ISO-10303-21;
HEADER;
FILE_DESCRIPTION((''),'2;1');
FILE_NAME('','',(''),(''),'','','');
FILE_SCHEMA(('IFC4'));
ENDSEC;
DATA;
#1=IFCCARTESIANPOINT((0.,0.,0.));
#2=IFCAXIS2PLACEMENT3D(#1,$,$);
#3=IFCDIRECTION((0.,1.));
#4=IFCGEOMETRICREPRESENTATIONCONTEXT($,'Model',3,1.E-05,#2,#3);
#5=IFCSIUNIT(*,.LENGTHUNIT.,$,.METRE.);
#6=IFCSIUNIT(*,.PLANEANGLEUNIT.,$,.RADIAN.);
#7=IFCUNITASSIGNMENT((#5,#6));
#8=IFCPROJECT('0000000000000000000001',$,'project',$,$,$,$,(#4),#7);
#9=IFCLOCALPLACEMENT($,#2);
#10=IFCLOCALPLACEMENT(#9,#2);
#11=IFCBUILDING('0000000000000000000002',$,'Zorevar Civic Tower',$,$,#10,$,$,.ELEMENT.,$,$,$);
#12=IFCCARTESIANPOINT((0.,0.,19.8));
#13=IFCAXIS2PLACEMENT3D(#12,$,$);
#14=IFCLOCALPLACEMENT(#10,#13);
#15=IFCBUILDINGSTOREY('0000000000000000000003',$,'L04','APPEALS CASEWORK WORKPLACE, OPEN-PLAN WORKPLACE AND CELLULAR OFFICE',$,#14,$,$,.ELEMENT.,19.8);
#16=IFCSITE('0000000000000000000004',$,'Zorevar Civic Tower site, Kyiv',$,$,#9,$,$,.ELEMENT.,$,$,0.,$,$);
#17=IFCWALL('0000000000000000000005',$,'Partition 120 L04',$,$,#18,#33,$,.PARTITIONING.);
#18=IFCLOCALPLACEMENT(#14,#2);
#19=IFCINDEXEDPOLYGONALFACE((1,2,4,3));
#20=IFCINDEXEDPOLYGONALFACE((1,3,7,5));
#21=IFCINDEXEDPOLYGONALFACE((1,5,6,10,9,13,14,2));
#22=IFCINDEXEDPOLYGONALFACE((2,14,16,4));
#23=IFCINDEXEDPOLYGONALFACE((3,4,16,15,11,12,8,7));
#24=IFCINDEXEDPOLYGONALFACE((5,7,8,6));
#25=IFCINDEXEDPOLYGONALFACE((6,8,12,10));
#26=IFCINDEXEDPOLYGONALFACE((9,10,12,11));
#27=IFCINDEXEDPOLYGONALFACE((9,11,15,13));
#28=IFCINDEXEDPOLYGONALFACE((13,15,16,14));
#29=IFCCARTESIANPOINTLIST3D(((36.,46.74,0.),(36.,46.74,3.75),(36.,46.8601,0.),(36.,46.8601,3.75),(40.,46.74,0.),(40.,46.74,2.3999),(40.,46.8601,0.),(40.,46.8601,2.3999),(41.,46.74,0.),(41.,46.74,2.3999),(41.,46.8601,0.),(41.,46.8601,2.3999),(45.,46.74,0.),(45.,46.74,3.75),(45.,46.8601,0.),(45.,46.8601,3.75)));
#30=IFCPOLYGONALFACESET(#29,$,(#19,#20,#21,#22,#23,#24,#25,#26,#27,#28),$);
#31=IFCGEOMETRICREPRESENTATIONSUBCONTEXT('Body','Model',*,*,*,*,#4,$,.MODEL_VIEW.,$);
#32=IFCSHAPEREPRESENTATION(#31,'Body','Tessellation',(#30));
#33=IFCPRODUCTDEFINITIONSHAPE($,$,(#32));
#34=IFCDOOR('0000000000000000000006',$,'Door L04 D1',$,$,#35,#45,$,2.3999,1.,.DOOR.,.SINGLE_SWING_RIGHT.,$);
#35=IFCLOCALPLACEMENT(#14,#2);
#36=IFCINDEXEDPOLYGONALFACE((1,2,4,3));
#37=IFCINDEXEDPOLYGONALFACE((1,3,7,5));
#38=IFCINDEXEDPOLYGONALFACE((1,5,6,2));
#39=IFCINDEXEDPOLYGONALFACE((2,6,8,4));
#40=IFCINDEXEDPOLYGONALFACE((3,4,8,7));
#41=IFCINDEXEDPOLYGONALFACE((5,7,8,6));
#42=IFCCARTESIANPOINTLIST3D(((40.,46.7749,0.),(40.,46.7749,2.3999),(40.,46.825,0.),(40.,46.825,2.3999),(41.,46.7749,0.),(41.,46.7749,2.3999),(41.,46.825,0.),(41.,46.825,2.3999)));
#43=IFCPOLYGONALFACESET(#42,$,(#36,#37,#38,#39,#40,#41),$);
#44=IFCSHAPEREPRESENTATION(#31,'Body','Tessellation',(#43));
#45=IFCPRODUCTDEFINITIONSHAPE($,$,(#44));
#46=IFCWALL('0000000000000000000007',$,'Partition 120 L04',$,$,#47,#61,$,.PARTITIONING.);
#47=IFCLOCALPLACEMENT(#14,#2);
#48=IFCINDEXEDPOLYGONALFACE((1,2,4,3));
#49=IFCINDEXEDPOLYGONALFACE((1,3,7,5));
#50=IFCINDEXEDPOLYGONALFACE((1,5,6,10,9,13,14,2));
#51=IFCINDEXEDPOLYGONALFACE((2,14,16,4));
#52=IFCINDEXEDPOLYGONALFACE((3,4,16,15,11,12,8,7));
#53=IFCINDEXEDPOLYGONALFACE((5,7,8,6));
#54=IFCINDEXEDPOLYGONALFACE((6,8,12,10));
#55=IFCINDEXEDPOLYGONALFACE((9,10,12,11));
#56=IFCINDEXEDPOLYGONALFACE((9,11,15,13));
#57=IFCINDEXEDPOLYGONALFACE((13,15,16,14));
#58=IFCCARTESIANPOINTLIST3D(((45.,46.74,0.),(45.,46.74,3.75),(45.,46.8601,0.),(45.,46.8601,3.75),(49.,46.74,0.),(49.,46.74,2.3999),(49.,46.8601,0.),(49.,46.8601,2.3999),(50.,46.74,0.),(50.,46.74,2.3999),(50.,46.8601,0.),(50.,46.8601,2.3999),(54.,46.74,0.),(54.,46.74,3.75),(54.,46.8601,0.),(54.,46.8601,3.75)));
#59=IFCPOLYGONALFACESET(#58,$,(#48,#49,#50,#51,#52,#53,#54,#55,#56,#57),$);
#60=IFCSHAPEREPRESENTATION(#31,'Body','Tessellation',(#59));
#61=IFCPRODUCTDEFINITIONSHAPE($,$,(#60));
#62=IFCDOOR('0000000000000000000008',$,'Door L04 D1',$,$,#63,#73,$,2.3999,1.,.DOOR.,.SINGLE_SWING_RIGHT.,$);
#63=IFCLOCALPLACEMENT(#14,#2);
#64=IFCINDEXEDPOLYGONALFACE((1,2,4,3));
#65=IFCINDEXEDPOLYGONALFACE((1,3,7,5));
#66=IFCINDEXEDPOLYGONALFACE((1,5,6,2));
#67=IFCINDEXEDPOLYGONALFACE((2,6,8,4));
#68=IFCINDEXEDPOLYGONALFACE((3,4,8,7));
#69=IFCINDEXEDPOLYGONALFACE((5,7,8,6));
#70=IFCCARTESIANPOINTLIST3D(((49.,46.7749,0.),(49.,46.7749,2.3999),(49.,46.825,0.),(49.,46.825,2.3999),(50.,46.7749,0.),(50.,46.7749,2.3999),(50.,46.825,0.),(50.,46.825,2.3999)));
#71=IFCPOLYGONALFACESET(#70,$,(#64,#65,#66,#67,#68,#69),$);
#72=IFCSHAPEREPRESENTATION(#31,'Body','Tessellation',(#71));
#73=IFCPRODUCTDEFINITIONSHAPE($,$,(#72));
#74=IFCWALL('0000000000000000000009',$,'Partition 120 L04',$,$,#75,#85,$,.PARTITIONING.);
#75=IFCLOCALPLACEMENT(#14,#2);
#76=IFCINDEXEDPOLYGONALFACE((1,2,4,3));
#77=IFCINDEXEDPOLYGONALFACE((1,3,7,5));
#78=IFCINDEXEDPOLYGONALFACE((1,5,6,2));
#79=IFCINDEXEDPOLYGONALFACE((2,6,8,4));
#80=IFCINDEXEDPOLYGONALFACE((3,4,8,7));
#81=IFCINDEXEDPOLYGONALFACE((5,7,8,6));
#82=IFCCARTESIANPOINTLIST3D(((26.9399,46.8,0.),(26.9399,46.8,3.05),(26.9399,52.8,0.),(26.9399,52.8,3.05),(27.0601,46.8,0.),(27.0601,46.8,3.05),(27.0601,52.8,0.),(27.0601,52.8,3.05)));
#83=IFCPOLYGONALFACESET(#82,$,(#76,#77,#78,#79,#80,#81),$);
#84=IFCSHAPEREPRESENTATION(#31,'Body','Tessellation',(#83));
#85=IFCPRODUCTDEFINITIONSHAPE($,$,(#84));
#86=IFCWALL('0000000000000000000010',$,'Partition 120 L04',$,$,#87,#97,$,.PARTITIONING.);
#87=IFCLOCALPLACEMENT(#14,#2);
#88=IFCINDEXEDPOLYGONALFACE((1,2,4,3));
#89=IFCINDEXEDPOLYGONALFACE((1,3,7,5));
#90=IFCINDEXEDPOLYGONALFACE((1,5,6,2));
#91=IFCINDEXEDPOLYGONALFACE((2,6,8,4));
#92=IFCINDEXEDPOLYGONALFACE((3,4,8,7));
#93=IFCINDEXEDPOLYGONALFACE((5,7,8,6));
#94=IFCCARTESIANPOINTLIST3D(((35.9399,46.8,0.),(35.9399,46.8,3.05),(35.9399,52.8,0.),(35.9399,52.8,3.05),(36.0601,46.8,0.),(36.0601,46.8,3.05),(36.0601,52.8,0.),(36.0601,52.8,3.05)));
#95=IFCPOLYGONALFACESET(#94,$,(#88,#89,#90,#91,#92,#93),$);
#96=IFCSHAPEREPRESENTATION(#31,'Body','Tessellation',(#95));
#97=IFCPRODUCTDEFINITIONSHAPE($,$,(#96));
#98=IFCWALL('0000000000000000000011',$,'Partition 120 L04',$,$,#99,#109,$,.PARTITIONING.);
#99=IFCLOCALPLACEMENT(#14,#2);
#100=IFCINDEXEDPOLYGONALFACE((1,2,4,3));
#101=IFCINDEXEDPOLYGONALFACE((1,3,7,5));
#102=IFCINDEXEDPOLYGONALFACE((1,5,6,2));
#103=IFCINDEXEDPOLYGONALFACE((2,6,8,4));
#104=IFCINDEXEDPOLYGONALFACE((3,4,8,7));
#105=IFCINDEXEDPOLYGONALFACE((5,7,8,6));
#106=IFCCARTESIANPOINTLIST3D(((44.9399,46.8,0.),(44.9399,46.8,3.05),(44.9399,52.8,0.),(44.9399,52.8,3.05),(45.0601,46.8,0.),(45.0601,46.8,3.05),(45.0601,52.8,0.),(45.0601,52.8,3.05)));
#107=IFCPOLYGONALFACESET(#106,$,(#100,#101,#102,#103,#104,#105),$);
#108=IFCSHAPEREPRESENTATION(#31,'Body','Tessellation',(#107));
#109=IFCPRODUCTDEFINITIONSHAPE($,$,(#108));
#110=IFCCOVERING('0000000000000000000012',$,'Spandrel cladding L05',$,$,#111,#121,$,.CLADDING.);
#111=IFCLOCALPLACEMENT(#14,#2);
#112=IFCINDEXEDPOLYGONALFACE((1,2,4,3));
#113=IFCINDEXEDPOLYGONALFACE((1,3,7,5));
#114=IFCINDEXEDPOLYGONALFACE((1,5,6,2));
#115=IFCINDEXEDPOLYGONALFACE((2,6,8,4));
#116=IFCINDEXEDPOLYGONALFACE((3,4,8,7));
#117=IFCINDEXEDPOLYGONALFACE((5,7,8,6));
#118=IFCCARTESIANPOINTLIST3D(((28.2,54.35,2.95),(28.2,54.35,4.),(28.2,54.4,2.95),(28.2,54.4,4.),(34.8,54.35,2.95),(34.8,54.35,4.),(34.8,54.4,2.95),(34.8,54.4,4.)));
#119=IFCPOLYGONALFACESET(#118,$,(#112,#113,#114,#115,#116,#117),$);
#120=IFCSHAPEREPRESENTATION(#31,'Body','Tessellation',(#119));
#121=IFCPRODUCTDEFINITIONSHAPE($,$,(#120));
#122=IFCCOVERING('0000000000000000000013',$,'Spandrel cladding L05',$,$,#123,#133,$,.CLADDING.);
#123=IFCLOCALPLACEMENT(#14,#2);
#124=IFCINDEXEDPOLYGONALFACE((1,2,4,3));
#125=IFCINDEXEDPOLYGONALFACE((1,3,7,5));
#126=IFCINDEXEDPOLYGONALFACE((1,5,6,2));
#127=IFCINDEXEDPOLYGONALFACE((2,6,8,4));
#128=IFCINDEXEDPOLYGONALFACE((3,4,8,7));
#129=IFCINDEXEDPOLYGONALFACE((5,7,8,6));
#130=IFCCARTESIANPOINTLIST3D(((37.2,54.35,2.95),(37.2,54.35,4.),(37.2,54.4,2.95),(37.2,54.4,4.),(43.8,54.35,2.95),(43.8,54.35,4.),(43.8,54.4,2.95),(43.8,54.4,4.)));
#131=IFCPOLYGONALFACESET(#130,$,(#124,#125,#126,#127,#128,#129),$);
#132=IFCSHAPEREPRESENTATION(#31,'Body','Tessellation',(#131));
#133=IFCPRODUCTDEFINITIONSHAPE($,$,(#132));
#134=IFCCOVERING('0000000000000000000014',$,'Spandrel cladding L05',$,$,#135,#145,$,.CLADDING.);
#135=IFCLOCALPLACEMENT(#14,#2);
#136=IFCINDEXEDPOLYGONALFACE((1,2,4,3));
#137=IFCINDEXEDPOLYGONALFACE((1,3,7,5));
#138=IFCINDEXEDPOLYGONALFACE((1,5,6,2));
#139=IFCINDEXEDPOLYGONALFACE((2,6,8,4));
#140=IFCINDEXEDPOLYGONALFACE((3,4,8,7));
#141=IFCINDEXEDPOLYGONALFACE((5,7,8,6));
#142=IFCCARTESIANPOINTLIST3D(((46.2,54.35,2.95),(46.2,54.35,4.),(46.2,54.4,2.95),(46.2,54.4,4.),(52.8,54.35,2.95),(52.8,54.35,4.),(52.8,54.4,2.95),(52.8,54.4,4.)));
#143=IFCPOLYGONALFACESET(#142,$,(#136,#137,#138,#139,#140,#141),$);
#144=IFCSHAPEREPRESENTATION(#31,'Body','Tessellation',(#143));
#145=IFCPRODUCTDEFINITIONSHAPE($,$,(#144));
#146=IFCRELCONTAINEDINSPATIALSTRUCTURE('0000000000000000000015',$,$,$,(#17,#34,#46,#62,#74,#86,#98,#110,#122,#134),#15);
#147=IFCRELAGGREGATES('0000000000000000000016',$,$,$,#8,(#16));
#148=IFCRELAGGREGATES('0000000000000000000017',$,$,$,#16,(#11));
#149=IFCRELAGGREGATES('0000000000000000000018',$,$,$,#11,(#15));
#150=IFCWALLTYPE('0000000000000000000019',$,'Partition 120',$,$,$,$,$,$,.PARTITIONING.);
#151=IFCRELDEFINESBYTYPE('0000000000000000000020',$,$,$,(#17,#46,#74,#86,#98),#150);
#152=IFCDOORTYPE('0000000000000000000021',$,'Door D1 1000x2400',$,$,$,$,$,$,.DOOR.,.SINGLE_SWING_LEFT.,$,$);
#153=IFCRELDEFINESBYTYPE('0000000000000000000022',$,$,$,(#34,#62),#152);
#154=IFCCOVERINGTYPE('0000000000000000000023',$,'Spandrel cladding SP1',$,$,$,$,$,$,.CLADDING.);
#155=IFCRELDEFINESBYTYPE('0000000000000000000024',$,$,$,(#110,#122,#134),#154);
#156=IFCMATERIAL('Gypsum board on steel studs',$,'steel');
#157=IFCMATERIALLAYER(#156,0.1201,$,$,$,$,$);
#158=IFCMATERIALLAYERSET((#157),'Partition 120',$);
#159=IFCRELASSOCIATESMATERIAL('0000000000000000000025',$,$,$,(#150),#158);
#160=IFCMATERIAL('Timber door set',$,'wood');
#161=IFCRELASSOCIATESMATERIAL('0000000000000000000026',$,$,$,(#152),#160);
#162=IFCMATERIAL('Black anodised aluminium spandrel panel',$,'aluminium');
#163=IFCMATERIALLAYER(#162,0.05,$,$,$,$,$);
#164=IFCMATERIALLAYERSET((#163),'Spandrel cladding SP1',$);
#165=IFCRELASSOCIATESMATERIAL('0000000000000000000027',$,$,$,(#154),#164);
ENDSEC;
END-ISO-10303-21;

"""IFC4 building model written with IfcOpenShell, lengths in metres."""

from ifc_helpers import new_model, si_unit, direction, frame, frame_2d, origin, place, context, subcontext, project, spatial, rectangle, extrude, material, layer, layer_set, type_object, element, fill, save


model = new_model("IFC4")

# Units and contexts
model_context = context("Model", 3, precision=1e-05, world=origin(), true_north=direction((0.0, 1.0)))
body_context = subcontext(model_context, "Body", "Model", "MODEL_VIEW")
ifc_project = project(units=[si_unit("LENGTHUNIT", "METRE"), si_unit("PLANEANGLEUNIT", "RADIAN")], contexts=[model_context])

# Site, building, storey
site_placement = place(None, origin())
site = spatial("IfcSite", under=ifc_project, at=site_placement, Name="Zorevar Civic Tower site, Kyiv", CompositionType="ELEMENT", RefElevation=0.0)
building_placement = place(site_placement, origin())
building = spatial("IfcBuilding", under=site, at=building_placement, Name="Zorevar Civic Tower", CompositionType="ELEMENT")
storey_placement = place(building_placement, frame((0.0, 0.0, 19.8)))
storey = spatial("IfcBuildingStorey", under=building, at=storey_placement, Name="L04", Description="APPEALS CASEWORK WORKPLACE, OPEN-PLAN WORKPLACE AND CELLULAR OFFICE", CompositionType="ELEMENT", Elevation=19.8)

# Walls, openings, doors
ifc_material_1 = material(Name="Gypsum board on steel studs", Category="steel")
ifc_layer_1 = layer(ifc_material_1, 0.1201)
ifc_layer_set_1 = layer_set([ifc_layer_1], Name="Partition 120")
wall_type = type_object("IfcWallType", Name="Partition 120", PredefinedType="PARTITIONING", material=ifc_layer_set_1)
wall_1_placement = place(storey_placement, frame((36.0, 46.8, 0.0), z_axis=(0.0, 0.0, 1.0), x_axis=(1.0, 0.0, 0.0)))
wall_1 = element("IfcWall", 1, at=wall_1_placement, inside=storey, type_object=wall_type, Name="Partition 120 L04", PredefinedType="PARTITIONING", context=body_context, shape_type="SweptSolid", body=[
    extrude(rectangle(XDim=9.0, YDim=0.1201, at=frame_2d((4.5, 0.0))), origin(), (0.0, 0.0, 1.0), 3.75),
])
opening_1_placement = place(wall_1_placement, frame((4.0, 0.0, 0.0)))
opening_1 = element("IfcOpeningElement", 2, at=opening_1_placement, cuts=wall_1, PredefinedType="OPENING", context=body_context, shape_type="SweptSolid", body=[
    extrude(rectangle(XDim=1.0, YDim=2.3999, at=frame_2d((0.5, 1.2))), frame((0.0, 0.0701, 0.0), z_axis=(0.0, -1.0, 0.0), x_axis=(1.0, 0.0, 0.0)), (0.0, 0.0, 1.0), 0.1401),
])
ifc_material_2 = material(Name="Timber door set", Category="wood")
door_type = type_object("IfcDoorType", Name="Door D1 1000x2400", OperationType="SINGLE_SWING_LEFT", PredefinedType="DOOR", material=ifc_material_2)
door_1_placement = place(opening_1_placement, origin())
door_1 = element("IfcDoor", 3, at=door_1_placement, inside=storey, type_object=door_type, Name="Door L04 D1", OperationType="SINGLE_SWING_RIGHT", OverallHeight=2.3999, OverallWidth=1.0, PredefinedType="DOOR", context=body_context, shape_type="SweptSolid", body=[
    extrude(rectangle(XDim=1.0, YDim=2.3999, at=frame_2d((0.5, 1.2))), frame((0.0, 0.0249, 0.0), z_axis=(0.0, -1.0, 0.0), x_axis=(1.0, 0.0, 0.0)), (0.0, 0.0, 1.0), 0.05),
])
fill(opening_1, door_1)
wall_2_placement = place(storey_placement, frame((45.0, 46.8, 0.0), z_axis=(0.0, 0.0, 1.0), x_axis=(1.0, 0.0, 0.0)))
wall_2 = element("IfcWall", 4, at=wall_2_placement, inside=storey, type_object=wall_type, Name="Partition 120 L04", PredefinedType="PARTITIONING", context=body_context, shape_type="SweptSolid", body=[
    extrude(rectangle(XDim=9.0, YDim=0.1201, at=frame_2d((4.5, 0.0))), origin(), (0.0, 0.0, 1.0), 3.75),
])
opening_2_placement = place(wall_2_placement, frame((4.0, 0.0, 0.0)))
opening_2 = element("IfcOpeningElement", 5, at=opening_2_placement, cuts=wall_2, PredefinedType="OPENING", context=body_context, shape_type="SweptSolid", body=[
    extrude(rectangle(XDim=1.0, YDim=2.3999, at=frame_2d((0.5, 1.2))), frame((0.0, 0.0701, 0.0), z_axis=(0.0, -1.0, 0.0), x_axis=(1.0, 0.0, 0.0)), (0.0, 0.0, 1.0), 0.1401),
])
door_2_placement = place(opening_2_placement, origin())
door_2 = element("IfcDoor", 6, at=door_2_placement, inside=storey, type_object=door_type, Name="Door L04 D1", OperationType="SINGLE_SWING_RIGHT", OverallHeight=2.3999, OverallWidth=1.0, PredefinedType="DOOR", context=body_context, shape_type="SweptSolid", body=[
    extrude(rectangle(XDim=1.0, YDim=2.3999, at=frame_2d((0.5, 1.2))), frame((0.0, 0.0249, 0.0), z_axis=(0.0, -1.0, 0.0), x_axis=(1.0, 0.0, 0.0)), (0.0, 0.0, 1.0), 0.05),
])
fill(opening_2, door_2)

# Walls
for number, where, z_axis, x_axis, name in (
    (7, (27.0, 46.8, 0.0), (0.0, 0.0, 1.0), (0.0, 1.0, 0.0), "Partition 120 L04"),
    (8, (36.0, 46.8, 0.0), (0.0, 0.0, 1.0), (0.0, 1.0, 0.0), "Partition 120 L04"),
    (9, (45.0, 46.8, 0.0), (0.0, 0.0, 1.0), (0.0, 1.0, 0.0), "Partition 120 L04"),
):
    element("IfcWall", number, at=place(storey_placement, frame(where, z_axis=z_axis, x_axis=x_axis)), inside=storey, type_object=wall_type, Name=name, PredefinedType="PARTITIONING", context=body_context, shape_type="SweptSolid", body=[
        extrude(rectangle(XDim=6.0, YDim=0.1201, at=frame_2d((3.0, 0.0))), origin(), (0.0, 0.0, 1.0), 3.05),
    ])

# Coverings
ifc_material_3 = material(Name="Black anodised aluminium spandrel panel", Category="aluminium")
ifc_layer_2 = layer(ifc_material_3, 0.05)
ifc_layer_set_2 = layer_set([ifc_layer_2], Name="Spandrel cladding SP1")
covering_type = type_object("IfcCoveringType", Name="Spandrel cladding SP1", PredefinedType="CLADDING", material=ifc_layer_set_2)
for number, where, z_axis, x_axis, name in (
    (10, (28.2, 54.375, 2.95), (0.0, 0.0, 1.0), (1.0, 0.0, 0.0), "Spandrel cladding L05"),
    (11, (37.2, 54.375, 2.95), (0.0, 0.0, 1.0), (1.0, 0.0, 0.0), "Spandrel cladding L05"),
    (12, (46.2, 54.375, 2.95), (0.0, 0.0, 1.0), (1.0, 0.0, 0.0), "Spandrel cladding L05"),
):
    element("IfcCovering", number, at=place(storey_placement, frame(where, z_axis=z_axis, x_axis=x_axis)), inside=storey, type_object=covering_type, Name=name, PredefinedType="CLADDING", context=body_context, shape_type="SweptSolid", body=[
        extrude(rectangle(XDim=6.6001, YDim=0.05, at=frame_2d((3.3, 0.0))), origin(), (0.0, 0.0, 1.0), 1.05),
    ])

save(model, "model.ifc")
